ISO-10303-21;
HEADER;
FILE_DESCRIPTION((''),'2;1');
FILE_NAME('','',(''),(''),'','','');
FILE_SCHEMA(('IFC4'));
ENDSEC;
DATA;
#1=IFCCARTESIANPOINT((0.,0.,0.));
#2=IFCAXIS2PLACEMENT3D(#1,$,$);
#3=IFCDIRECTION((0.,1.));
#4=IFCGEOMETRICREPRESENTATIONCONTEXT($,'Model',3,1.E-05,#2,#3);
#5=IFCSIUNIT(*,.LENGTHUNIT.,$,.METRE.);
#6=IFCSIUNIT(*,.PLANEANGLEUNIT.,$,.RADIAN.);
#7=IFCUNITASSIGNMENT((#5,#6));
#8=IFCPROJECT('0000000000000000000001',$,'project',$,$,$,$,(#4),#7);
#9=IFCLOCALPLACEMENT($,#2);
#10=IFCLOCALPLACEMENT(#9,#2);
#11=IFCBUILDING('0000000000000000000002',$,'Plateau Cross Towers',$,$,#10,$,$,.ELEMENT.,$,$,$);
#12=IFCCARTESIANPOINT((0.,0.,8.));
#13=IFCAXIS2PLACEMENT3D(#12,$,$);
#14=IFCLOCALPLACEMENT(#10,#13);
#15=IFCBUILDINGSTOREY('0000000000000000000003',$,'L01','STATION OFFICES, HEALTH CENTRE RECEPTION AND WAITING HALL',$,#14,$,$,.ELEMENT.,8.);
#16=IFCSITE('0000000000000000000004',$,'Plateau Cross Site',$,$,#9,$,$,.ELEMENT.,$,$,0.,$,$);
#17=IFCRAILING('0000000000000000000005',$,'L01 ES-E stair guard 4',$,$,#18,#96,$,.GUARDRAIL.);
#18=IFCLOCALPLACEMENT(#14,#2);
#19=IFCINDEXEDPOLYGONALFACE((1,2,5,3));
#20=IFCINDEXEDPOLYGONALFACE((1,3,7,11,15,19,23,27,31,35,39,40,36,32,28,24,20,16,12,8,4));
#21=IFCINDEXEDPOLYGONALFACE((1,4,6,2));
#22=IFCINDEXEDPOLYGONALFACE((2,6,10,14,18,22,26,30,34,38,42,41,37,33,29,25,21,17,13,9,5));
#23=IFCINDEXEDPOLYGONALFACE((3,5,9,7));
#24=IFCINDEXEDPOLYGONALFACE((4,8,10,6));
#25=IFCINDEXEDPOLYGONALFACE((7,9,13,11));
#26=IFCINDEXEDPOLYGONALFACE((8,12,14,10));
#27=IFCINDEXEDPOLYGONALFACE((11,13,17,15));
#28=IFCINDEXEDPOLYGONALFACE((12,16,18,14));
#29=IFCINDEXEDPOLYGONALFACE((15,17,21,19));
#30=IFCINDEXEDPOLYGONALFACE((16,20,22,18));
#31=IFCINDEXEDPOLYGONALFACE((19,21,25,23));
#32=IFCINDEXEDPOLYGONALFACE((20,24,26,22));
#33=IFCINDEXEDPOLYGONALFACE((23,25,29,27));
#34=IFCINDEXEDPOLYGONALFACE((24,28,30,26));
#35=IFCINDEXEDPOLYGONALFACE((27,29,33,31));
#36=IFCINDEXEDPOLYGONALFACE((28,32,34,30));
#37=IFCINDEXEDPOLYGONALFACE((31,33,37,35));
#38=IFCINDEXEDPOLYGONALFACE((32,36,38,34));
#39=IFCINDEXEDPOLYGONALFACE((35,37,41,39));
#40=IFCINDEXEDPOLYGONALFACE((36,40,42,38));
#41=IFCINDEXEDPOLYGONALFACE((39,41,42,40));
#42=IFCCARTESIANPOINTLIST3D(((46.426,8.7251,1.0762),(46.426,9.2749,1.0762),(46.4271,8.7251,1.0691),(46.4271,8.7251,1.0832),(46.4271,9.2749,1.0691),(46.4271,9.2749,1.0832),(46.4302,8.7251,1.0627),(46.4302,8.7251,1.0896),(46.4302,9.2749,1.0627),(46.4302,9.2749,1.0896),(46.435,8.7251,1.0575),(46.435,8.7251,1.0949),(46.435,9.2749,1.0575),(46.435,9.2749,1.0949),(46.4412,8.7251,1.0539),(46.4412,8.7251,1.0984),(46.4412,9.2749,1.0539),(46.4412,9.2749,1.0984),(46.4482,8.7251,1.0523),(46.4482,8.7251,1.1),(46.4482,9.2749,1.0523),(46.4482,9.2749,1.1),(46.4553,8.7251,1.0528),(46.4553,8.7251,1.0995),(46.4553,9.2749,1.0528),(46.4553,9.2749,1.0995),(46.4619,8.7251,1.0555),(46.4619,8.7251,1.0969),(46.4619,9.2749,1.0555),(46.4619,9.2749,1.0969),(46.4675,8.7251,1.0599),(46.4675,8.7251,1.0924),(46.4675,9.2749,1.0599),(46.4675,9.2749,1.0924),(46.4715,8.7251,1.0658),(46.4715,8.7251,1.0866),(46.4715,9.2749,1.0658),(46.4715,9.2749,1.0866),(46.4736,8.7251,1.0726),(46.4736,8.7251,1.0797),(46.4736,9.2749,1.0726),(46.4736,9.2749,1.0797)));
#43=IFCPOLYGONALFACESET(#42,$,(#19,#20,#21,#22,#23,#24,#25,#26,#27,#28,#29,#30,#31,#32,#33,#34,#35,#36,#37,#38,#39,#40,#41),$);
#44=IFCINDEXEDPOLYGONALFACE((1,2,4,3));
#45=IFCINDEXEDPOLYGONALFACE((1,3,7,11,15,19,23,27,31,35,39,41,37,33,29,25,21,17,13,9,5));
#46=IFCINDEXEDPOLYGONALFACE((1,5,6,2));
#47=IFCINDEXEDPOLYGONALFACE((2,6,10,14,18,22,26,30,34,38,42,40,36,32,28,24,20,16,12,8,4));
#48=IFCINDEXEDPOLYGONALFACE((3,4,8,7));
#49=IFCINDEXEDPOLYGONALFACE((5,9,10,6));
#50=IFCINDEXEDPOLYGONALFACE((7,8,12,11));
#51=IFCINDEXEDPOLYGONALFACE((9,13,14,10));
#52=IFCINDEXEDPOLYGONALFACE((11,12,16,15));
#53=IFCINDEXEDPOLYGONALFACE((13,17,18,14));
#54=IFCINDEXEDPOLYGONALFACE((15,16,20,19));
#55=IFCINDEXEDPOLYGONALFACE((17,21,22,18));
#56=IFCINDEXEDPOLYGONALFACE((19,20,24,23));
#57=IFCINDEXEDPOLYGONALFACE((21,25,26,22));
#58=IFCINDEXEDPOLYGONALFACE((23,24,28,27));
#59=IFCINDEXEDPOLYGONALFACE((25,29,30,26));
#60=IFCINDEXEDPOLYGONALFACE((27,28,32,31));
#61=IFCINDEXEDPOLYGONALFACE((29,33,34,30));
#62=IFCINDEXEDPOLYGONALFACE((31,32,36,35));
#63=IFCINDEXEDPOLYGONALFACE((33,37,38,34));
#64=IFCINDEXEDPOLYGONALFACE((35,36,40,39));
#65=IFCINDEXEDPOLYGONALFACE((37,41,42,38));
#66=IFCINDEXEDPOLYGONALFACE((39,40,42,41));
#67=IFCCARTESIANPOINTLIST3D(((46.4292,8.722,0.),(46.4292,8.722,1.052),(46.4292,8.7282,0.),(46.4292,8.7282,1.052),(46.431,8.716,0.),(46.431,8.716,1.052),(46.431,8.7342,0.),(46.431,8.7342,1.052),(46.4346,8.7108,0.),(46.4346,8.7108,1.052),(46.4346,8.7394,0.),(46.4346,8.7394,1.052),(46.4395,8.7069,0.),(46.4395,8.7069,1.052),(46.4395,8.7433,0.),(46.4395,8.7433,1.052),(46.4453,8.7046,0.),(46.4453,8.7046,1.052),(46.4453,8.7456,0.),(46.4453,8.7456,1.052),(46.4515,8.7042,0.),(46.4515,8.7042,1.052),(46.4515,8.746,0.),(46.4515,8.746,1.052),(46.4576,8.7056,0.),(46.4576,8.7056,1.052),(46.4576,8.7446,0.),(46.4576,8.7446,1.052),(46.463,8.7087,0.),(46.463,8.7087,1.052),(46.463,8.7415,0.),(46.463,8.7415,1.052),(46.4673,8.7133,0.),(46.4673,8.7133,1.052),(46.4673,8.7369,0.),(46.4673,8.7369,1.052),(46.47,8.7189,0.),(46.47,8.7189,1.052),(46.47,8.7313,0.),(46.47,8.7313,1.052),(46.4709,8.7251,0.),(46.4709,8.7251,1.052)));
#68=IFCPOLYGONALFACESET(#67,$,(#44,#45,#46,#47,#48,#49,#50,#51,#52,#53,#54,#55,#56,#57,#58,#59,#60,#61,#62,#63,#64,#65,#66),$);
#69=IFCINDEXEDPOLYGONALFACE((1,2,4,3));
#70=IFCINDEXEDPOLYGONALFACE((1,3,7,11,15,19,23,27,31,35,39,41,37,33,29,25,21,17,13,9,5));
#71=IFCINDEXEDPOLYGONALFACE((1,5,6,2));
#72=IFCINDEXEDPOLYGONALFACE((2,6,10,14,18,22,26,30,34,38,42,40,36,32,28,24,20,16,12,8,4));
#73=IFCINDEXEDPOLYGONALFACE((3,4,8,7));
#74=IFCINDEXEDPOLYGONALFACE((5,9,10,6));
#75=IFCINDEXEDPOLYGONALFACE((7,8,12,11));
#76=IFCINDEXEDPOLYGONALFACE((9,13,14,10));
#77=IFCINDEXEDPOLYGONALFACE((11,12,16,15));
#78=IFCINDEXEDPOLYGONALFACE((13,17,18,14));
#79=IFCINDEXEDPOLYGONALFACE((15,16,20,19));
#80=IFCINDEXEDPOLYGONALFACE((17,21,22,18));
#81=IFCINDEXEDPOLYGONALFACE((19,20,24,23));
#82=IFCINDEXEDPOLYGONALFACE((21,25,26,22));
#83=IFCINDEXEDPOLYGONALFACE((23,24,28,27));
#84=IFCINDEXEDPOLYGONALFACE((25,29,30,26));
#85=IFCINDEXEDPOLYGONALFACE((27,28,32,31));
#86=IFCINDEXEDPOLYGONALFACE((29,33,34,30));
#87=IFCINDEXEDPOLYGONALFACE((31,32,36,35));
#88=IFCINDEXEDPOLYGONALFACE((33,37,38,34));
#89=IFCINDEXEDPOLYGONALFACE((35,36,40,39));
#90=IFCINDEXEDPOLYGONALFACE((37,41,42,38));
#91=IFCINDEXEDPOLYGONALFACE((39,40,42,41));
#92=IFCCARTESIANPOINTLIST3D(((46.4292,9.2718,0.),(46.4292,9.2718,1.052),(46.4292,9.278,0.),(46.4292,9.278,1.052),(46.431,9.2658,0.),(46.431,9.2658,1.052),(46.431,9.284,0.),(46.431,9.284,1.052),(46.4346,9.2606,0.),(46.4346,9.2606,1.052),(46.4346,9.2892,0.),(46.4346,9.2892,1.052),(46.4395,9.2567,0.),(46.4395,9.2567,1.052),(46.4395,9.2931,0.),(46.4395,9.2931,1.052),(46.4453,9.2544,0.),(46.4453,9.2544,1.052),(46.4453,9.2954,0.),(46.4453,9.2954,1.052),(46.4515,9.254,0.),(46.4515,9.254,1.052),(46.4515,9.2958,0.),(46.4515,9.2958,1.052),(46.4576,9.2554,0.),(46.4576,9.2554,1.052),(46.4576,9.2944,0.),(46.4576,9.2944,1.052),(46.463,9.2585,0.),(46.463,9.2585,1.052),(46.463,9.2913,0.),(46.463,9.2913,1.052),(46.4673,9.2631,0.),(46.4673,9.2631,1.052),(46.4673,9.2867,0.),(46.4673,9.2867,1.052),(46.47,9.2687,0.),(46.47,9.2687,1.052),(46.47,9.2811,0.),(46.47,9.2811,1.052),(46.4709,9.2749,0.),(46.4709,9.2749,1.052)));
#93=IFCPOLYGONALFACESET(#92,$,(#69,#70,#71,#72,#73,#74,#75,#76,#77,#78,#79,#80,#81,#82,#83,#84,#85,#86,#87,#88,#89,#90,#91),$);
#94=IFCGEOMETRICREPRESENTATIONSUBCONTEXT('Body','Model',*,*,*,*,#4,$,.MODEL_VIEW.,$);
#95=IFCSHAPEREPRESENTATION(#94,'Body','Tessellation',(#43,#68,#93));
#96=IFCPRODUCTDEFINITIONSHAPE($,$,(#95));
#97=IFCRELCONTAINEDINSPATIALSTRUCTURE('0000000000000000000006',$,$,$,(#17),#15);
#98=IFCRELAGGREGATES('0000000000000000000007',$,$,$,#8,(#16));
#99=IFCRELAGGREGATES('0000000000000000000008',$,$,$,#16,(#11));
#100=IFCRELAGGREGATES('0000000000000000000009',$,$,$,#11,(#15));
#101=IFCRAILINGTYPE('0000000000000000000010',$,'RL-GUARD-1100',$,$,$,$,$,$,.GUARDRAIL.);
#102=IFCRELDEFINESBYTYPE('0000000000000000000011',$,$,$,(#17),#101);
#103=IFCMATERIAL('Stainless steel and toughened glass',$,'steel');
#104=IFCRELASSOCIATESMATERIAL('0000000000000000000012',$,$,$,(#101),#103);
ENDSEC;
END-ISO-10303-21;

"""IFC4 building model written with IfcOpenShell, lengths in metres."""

from ifc_helpers import new_model, si_unit, direction, frame, origin, origin_2d, place, context, subcontext, project, spatial, circle, extrude, material, type_object, element, save


model = new_model("IFC4")

# Units and contexts
model_context = context("Model", 3, precision=1e-05, world=origin(), true_north=direction((0.0, 1.0)))
body_context = subcontext(model_context, "Body", "Model", "MODEL_VIEW")
ifc_project = project(units=[si_unit("LENGTHUNIT", "METRE"), si_unit("PLANEANGLEUNIT", "RADIAN")], contexts=[model_context])

# Site, building, storey
site_placement = place(None, origin())
site = spatial("IfcSite", under=ifc_project, at=site_placement, Name="Plateau Cross Site", CompositionType="ELEMENT", RefElevation=0.0)
building_placement = place(site_placement, origin())
building = spatial("IfcBuilding", under=site, at=building_placement, Name="Plateau Cross Towers", CompositionType="ELEMENT")
storey_placement = place(building_placement, frame((0.0, 0.0, 8.0)))
storey = spatial("IfcBuildingStorey", under=building, at=storey_placement, Name="L01", Description="STATION OFFICES, HEALTH CENTRE RECEPTION AND WAITING HALL", CompositionType="ELEMENT", Elevation=8.0)

# Railing
ifc_material_1 = material(Name="Stainless steel and toughened glass", Category="steel")
railing_type_1 = type_object("IfcRailingType", Name="RL-GUARD-1100", PredefinedType="GUARDRAIL", material=ifc_material_1)
railing_1_placement = place(storey_placement, frame((46.45, 8.7251, 0.0)))
element("IfcRailing", 1, at=railing_1_placement, inside=storey, type_object=railing_type_1, Name="L01 ES-E stair guard 4", PredefinedType="GUARDRAIL", context=body_context, shape_type="SweptSolid", body=[
    extrude(circle(Radius=0.0239, at=origin_2d()), frame((0.0, 0.0, 1.0762), z_axis=(0.0, 1.0, 0.0), x_axis=(-1.0, 0.0, 0.0)), (0.0, 0.0, 1.0), 0.5498),
    extrude(circle(Radius=0.021, at=origin_2d()), origin(), (0.0, 0.0, 1.0), 1.052),
    extrude(circle(Radius=0.021, at=origin_2d()), frame((0.0, 0.5498, 0.0)), (0.0, 0.0, 1.0), 1.052),
])

save(model, "model.ifc")
